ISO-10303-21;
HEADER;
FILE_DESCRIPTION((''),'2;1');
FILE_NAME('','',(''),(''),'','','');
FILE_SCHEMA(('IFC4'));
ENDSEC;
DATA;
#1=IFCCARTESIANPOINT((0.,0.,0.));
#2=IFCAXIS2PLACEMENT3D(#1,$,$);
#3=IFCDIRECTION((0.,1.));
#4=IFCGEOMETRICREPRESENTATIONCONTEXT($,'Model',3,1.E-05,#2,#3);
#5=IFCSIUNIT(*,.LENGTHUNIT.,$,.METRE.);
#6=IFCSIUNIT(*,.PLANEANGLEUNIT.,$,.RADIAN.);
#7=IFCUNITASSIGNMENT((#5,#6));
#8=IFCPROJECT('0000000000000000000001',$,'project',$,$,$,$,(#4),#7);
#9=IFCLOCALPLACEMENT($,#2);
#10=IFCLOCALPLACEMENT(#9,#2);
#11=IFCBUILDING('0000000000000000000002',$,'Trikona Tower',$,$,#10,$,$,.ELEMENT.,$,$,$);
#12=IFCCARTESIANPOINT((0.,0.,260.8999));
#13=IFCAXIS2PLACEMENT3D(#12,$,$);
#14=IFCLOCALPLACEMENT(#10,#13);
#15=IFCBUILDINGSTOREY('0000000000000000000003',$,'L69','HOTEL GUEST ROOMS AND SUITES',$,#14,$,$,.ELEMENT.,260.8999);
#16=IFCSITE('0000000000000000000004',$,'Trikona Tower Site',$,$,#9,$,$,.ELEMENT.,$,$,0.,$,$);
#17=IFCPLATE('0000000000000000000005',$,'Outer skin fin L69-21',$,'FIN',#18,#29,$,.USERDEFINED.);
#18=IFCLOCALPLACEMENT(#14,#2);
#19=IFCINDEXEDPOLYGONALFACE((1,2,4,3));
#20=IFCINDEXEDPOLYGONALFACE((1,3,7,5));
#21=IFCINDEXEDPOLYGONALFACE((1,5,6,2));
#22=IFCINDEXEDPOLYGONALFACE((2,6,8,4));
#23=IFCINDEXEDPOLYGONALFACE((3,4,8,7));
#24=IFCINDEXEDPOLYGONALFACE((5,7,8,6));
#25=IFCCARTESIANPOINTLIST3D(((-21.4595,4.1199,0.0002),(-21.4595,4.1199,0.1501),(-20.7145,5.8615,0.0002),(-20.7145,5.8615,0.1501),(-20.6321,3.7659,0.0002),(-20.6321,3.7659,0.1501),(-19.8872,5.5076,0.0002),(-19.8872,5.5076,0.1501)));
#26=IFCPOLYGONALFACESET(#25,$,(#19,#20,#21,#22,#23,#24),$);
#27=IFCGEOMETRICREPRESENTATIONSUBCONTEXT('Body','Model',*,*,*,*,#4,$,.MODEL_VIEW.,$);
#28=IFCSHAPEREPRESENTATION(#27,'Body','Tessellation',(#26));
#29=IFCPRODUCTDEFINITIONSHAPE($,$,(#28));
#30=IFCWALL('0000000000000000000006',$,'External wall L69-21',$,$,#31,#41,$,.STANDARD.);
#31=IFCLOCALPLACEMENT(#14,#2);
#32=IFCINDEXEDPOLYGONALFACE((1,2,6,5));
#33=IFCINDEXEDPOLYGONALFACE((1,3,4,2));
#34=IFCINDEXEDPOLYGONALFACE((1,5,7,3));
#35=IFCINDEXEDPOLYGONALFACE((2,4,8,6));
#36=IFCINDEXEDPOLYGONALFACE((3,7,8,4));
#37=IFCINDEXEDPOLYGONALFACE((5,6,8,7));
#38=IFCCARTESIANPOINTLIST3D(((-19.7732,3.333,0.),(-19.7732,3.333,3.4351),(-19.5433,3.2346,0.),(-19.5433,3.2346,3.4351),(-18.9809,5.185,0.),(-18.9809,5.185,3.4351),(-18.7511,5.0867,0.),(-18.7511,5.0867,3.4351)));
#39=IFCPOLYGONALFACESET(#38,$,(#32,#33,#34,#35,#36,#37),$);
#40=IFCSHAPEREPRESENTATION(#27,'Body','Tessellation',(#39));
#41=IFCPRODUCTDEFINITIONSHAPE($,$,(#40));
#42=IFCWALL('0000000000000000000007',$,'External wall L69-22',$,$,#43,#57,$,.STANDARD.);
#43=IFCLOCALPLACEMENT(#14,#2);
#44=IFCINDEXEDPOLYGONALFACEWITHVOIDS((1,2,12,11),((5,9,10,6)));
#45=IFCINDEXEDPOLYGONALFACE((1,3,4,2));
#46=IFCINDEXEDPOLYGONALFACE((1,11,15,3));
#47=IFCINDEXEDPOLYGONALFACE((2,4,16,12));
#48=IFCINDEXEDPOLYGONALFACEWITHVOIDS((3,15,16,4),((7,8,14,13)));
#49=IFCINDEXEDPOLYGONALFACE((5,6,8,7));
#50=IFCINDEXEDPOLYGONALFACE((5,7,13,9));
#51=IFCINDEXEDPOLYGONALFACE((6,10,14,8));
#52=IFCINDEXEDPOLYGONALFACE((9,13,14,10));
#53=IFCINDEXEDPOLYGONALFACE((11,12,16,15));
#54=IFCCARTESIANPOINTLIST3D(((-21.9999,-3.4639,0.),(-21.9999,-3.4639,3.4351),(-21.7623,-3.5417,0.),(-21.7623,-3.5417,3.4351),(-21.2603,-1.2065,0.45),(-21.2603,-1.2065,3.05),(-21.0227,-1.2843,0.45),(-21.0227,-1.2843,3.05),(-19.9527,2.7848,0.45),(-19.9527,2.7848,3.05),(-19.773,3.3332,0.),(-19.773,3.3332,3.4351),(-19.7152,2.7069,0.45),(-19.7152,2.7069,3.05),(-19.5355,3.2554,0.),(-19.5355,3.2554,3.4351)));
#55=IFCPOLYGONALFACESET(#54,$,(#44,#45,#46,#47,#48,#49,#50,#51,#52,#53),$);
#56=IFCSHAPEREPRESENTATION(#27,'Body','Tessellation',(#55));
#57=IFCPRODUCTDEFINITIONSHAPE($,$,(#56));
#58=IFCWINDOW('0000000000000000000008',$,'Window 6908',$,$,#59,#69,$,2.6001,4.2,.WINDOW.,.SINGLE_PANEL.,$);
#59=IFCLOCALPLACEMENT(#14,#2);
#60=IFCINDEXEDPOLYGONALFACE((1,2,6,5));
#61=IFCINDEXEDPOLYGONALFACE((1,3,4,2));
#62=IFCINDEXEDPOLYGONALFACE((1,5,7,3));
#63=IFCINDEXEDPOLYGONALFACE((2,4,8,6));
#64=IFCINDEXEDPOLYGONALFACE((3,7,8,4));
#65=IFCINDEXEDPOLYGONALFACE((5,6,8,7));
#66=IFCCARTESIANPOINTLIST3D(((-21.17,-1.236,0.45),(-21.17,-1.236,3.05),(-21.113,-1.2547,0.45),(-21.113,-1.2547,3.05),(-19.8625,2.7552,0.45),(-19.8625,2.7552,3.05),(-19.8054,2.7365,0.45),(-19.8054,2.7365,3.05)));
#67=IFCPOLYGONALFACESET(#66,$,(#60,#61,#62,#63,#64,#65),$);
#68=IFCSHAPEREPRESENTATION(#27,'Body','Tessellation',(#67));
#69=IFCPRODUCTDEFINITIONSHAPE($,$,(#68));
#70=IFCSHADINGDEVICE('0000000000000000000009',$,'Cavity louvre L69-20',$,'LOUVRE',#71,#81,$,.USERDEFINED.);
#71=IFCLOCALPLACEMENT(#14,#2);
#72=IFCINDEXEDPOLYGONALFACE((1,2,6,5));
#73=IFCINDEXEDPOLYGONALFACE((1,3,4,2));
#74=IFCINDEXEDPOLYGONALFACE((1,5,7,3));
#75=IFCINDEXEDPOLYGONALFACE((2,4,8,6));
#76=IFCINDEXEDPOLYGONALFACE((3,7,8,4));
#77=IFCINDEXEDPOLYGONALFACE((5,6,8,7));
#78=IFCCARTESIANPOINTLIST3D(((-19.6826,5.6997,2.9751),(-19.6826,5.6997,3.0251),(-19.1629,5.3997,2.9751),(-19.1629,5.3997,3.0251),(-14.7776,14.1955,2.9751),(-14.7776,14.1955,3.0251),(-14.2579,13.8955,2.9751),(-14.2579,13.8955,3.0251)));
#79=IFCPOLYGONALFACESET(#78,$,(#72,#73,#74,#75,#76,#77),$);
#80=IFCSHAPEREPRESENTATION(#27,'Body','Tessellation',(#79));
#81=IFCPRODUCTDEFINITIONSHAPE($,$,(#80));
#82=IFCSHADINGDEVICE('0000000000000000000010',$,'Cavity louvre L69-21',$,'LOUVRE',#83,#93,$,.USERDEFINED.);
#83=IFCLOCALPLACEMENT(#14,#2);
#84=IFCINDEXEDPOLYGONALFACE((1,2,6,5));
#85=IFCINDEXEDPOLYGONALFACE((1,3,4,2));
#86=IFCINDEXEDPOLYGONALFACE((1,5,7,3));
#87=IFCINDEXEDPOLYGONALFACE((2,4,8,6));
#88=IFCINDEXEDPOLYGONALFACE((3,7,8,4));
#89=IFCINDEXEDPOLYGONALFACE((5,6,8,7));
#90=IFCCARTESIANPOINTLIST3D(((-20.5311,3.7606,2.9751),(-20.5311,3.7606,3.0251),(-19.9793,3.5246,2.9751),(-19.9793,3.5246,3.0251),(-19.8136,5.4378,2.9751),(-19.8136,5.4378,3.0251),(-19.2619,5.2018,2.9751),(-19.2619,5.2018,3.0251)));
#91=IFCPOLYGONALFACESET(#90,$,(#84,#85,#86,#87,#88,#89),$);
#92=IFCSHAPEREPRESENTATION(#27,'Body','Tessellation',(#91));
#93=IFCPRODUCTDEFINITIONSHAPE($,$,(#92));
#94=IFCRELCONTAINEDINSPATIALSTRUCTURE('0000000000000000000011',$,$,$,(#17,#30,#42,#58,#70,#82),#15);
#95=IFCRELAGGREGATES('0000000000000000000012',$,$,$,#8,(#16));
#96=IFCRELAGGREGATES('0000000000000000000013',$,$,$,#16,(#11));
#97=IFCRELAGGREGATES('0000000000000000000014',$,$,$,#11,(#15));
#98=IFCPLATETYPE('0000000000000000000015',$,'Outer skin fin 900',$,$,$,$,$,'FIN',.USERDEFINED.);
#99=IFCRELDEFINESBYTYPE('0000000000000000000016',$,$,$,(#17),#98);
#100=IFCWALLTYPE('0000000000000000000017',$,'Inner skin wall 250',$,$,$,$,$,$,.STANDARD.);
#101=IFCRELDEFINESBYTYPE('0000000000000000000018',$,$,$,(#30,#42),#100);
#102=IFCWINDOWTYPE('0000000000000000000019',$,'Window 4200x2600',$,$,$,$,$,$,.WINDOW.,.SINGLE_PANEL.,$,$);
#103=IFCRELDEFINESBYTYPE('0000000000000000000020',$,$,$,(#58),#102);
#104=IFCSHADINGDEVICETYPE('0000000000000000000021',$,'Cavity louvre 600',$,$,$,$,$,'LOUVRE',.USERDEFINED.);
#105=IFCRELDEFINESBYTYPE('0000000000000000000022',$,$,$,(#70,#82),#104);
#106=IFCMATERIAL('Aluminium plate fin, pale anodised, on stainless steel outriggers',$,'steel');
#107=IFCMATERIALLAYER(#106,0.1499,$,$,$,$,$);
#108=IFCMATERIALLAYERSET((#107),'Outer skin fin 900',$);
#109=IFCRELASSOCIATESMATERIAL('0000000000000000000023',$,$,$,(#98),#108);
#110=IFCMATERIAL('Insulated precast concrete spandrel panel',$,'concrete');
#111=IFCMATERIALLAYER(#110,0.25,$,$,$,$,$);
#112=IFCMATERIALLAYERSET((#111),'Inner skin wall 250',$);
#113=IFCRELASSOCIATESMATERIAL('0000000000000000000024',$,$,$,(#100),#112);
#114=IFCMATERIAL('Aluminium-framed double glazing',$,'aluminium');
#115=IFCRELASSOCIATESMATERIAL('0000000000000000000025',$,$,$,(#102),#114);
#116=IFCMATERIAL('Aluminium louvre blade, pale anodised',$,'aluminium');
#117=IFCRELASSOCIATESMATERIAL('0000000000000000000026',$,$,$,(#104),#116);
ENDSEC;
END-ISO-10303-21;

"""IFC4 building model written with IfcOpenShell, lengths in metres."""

from ifc_helpers import new_model, si_unit, direction, frame, frame_2d, origin, origin_2d, place, context, subcontext, project, spatial, rectangle, extrude, material, layer, layer_set, type_object, element, fill, save


model = new_model("IFC4")

# Units and contexts
model_context = context("Model", 3, precision=1e-05, world=origin(), true_north=direction((0.0, 1.0)))
body_context = subcontext(model_context, "Body", "Model", "MODEL_VIEW")
ifc_project = project(units=[si_unit("LENGTHUNIT", "METRE"), si_unit("PLANEANGLEUNIT", "RADIAN")], contexts=[model_context])

# Site, building, storey
site_placement = place(None, origin())
site = spatial("IfcSite", under=ifc_project, at=site_placement, Name="Trikona Tower Site", CompositionType="ELEMENT", RefElevation=0.0)
building_placement = place(site_placement, origin())
building = spatial("IfcBuilding", under=site, at=building_placement, Name="Trikona Tower", CompositionType="ELEMENT")
storey_placement = place(building_placement, frame((0.0, 0.0, 260.8999)))
storey = spatial("IfcBuildingStorey", under=building, at=storey_placement, Name="L69", Description="HOTEL GUEST ROOMS AND SUITES", CompositionType="ELEMENT", Elevation=260.8999)

# Plate
ifc_material_1 = material(Name="Aluminium plate fin, pale anodised, on stainless steel outriggers", Category="steel")
ifc_layer_1 = layer(ifc_material_1, 0.1499)
ifc_layer_set_1 = layer_set([ifc_layer_1], Name="Outer skin fin 900")
plate_type_1 = type_object("IfcPlateType", Name="Outer skin fin 900", ElementType="FIN", PredefinedType="USERDEFINED", material=ifc_layer_set_1)
plate_1_placement = place(storey_placement, frame((-20.6733, 4.8137, 0.0002), z_axis=(0.0, 0.0, 1.0), x_axis=(-0.393284, -0.919417, 0.0)))
element("IfcPlate", 1, at=plate_1_placement, inside=storey, type_object=plate_type_1, Name="Outer skin fin L69-21", ObjectType="FIN", PredefinedType="USERDEFINED", context=body_context, shape_type="SweptSolid", body=[
    extrude(rectangle(XDim=1.8943, YDim=0.8999, at=origin_2d()), origin(), (0.0, 0.0, 1.0), 0.1499),
])

# Wall
ifc_material_2 = material(Name="Insulated precast concrete spandrel panel", Category="concrete")
ifc_layer_2 = layer(ifc_material_2, 0.25)
ifc_layer_set_2 = layer_set([ifc_layer_2], Name="Inner skin wall 250")
wall_type = type_object("IfcWallType", Name="Inner skin wall 250", PredefinedType="STANDARD", material=ifc_layer_set_2)
wall_1_placement = place(storey_placement, frame((-18.866, 5.136, 0.0), z_axis=(0.0, 0.0, 1.0), x_axis=(-0.39329, -0.919414, 0.0)))
element("IfcWall", 2, at=wall_1_placement, inside=storey, type_object=wall_type, Name="External wall L69-21", PredefinedType="STANDARD", context=body_context, shape_type="SweptSolid", body=[
    extrude(rectangle(XDim=2.0144, YDim=0.25, at=frame_2d((1.0073, 0.0))), origin(), (0.0, 0.0, 1.0), 3.4351),
])

# Wall, opening, window
wall_2_placement = place(storey_placement, frame((-19.6543, 3.2942, 0.0), z_axis=(0.0, 0.0, 1.0), x_axis=(-0.311329, -0.950302, 0.0)))
wall_2 = element("IfcWall", 3, at=wall_2_placement, inside=storey, type_object=wall_type, Name="External wall L69-22", PredefinedType="STANDARD", context=body_context, shape_type="SweptSolid", body=[
    extrude(rectangle(XDim=7.1526, YDim=0.25, at=frame_2d((3.5762, 0.0))), origin(), (0.0, 0.0, 1.0), 3.4351),
])
opening_placement = place(wall_2_placement, frame((0.5769, 0.0, 0.45)))
opening = element("IfcOpeningElement", 4, at=opening_placement, cuts=wall_2, PredefinedType="OPENING", context=body_context, shape_type="SweptSolid", body=[
    extrude(rectangle(XDim=4.2, YDim=2.6001, at=frame_2d((2.1001, 1.3))), frame((0.0, 0.135, 0.0), z_axis=(0.0, -1.0, 0.0), x_axis=(1.0, 0.0, 0.0)), (0.0, 0.0, 1.0), 0.27),
])
ifc_material_3 = material(Name="Aluminium-framed double glazing", Category="aluminium")
window_type = type_object("IfcWindowType", Name="Window 4200x2600", PartitioningType="SINGLE_PANEL", PredefinedType="WINDOW", material=ifc_material_3)
window_placement = place(opening_placement, origin())
window = element("IfcWindow", 5, at=window_placement, inside=storey, type_object=window_type, Name="Window 6908", OverallHeight=2.6001, OverallWidth=4.2, PartitioningType="SINGLE_PANEL", PredefinedType="WINDOW", context=body_context, shape_type="SweptSolid", body=[
    extrude(rectangle(XDim=4.2, YDim=2.6001, at=frame_2d((2.1001, 1.3))), frame((0.0, 0.03, 0.0), z_axis=(0.0, -1.0, 0.0), x_axis=(1.0, 0.0, 0.0)), (0.0, 0.0, 1.0), 0.0601),
])
fill(opening, window)

# Shading devices
ifc_material_4 = material(Name="Aluminium louvre blade, pale anodised", Category="aluminium")
shading_device_type = type_object("IfcShadingDeviceType", Name="Cavity louvre 600", ElementType="LOUVRE", PredefinedType="USERDEFINED", material=ifc_material_4)
shading_device_1_placement = place(storey_placement, frame((-16.9702, 9.7976, 2.9751), z_axis=(0.0, 0.0, 1.0), x_axis=(-0.499998, -0.866026, 0.0)))
element("IfcShadingDevice", 6, at=shading_device_1_placement, inside=storey, type_object=shading_device_type, Name="Cavity louvre L69-20", ObjectType="LOUVRE", PredefinedType="USERDEFINED", context=body_context, shape_type="SweptSolid", body=[
    extrude(rectangle(XDim=9.8101, YDim=0.6001, at=origin_2d()), origin(), (0.0, 0.0, 1.0), 0.05),
])
shading_device_2_placement = place(storey_placement, frame((-19.8965, 4.4812, 2.9751), z_axis=(0.0, 0.0, 1.0), x_axis=(-0.393284, -0.919417, 0.0)))
element("IfcShadingDevice", 7, at=shading_device_2_placement, inside=storey, type_object=shading_device_type, Name="Cavity louvre L69-21", ObjectType="LOUVRE", PredefinedType="USERDEFINED", context=body_context, shape_type="SweptSolid", body=[
    extrude(rectangle(XDim=1.8242, YDim=0.6001, at=origin_2d()), origin(), (0.0, 0.0, 1.0), 0.05),
])

save(model, "model.ifc")
